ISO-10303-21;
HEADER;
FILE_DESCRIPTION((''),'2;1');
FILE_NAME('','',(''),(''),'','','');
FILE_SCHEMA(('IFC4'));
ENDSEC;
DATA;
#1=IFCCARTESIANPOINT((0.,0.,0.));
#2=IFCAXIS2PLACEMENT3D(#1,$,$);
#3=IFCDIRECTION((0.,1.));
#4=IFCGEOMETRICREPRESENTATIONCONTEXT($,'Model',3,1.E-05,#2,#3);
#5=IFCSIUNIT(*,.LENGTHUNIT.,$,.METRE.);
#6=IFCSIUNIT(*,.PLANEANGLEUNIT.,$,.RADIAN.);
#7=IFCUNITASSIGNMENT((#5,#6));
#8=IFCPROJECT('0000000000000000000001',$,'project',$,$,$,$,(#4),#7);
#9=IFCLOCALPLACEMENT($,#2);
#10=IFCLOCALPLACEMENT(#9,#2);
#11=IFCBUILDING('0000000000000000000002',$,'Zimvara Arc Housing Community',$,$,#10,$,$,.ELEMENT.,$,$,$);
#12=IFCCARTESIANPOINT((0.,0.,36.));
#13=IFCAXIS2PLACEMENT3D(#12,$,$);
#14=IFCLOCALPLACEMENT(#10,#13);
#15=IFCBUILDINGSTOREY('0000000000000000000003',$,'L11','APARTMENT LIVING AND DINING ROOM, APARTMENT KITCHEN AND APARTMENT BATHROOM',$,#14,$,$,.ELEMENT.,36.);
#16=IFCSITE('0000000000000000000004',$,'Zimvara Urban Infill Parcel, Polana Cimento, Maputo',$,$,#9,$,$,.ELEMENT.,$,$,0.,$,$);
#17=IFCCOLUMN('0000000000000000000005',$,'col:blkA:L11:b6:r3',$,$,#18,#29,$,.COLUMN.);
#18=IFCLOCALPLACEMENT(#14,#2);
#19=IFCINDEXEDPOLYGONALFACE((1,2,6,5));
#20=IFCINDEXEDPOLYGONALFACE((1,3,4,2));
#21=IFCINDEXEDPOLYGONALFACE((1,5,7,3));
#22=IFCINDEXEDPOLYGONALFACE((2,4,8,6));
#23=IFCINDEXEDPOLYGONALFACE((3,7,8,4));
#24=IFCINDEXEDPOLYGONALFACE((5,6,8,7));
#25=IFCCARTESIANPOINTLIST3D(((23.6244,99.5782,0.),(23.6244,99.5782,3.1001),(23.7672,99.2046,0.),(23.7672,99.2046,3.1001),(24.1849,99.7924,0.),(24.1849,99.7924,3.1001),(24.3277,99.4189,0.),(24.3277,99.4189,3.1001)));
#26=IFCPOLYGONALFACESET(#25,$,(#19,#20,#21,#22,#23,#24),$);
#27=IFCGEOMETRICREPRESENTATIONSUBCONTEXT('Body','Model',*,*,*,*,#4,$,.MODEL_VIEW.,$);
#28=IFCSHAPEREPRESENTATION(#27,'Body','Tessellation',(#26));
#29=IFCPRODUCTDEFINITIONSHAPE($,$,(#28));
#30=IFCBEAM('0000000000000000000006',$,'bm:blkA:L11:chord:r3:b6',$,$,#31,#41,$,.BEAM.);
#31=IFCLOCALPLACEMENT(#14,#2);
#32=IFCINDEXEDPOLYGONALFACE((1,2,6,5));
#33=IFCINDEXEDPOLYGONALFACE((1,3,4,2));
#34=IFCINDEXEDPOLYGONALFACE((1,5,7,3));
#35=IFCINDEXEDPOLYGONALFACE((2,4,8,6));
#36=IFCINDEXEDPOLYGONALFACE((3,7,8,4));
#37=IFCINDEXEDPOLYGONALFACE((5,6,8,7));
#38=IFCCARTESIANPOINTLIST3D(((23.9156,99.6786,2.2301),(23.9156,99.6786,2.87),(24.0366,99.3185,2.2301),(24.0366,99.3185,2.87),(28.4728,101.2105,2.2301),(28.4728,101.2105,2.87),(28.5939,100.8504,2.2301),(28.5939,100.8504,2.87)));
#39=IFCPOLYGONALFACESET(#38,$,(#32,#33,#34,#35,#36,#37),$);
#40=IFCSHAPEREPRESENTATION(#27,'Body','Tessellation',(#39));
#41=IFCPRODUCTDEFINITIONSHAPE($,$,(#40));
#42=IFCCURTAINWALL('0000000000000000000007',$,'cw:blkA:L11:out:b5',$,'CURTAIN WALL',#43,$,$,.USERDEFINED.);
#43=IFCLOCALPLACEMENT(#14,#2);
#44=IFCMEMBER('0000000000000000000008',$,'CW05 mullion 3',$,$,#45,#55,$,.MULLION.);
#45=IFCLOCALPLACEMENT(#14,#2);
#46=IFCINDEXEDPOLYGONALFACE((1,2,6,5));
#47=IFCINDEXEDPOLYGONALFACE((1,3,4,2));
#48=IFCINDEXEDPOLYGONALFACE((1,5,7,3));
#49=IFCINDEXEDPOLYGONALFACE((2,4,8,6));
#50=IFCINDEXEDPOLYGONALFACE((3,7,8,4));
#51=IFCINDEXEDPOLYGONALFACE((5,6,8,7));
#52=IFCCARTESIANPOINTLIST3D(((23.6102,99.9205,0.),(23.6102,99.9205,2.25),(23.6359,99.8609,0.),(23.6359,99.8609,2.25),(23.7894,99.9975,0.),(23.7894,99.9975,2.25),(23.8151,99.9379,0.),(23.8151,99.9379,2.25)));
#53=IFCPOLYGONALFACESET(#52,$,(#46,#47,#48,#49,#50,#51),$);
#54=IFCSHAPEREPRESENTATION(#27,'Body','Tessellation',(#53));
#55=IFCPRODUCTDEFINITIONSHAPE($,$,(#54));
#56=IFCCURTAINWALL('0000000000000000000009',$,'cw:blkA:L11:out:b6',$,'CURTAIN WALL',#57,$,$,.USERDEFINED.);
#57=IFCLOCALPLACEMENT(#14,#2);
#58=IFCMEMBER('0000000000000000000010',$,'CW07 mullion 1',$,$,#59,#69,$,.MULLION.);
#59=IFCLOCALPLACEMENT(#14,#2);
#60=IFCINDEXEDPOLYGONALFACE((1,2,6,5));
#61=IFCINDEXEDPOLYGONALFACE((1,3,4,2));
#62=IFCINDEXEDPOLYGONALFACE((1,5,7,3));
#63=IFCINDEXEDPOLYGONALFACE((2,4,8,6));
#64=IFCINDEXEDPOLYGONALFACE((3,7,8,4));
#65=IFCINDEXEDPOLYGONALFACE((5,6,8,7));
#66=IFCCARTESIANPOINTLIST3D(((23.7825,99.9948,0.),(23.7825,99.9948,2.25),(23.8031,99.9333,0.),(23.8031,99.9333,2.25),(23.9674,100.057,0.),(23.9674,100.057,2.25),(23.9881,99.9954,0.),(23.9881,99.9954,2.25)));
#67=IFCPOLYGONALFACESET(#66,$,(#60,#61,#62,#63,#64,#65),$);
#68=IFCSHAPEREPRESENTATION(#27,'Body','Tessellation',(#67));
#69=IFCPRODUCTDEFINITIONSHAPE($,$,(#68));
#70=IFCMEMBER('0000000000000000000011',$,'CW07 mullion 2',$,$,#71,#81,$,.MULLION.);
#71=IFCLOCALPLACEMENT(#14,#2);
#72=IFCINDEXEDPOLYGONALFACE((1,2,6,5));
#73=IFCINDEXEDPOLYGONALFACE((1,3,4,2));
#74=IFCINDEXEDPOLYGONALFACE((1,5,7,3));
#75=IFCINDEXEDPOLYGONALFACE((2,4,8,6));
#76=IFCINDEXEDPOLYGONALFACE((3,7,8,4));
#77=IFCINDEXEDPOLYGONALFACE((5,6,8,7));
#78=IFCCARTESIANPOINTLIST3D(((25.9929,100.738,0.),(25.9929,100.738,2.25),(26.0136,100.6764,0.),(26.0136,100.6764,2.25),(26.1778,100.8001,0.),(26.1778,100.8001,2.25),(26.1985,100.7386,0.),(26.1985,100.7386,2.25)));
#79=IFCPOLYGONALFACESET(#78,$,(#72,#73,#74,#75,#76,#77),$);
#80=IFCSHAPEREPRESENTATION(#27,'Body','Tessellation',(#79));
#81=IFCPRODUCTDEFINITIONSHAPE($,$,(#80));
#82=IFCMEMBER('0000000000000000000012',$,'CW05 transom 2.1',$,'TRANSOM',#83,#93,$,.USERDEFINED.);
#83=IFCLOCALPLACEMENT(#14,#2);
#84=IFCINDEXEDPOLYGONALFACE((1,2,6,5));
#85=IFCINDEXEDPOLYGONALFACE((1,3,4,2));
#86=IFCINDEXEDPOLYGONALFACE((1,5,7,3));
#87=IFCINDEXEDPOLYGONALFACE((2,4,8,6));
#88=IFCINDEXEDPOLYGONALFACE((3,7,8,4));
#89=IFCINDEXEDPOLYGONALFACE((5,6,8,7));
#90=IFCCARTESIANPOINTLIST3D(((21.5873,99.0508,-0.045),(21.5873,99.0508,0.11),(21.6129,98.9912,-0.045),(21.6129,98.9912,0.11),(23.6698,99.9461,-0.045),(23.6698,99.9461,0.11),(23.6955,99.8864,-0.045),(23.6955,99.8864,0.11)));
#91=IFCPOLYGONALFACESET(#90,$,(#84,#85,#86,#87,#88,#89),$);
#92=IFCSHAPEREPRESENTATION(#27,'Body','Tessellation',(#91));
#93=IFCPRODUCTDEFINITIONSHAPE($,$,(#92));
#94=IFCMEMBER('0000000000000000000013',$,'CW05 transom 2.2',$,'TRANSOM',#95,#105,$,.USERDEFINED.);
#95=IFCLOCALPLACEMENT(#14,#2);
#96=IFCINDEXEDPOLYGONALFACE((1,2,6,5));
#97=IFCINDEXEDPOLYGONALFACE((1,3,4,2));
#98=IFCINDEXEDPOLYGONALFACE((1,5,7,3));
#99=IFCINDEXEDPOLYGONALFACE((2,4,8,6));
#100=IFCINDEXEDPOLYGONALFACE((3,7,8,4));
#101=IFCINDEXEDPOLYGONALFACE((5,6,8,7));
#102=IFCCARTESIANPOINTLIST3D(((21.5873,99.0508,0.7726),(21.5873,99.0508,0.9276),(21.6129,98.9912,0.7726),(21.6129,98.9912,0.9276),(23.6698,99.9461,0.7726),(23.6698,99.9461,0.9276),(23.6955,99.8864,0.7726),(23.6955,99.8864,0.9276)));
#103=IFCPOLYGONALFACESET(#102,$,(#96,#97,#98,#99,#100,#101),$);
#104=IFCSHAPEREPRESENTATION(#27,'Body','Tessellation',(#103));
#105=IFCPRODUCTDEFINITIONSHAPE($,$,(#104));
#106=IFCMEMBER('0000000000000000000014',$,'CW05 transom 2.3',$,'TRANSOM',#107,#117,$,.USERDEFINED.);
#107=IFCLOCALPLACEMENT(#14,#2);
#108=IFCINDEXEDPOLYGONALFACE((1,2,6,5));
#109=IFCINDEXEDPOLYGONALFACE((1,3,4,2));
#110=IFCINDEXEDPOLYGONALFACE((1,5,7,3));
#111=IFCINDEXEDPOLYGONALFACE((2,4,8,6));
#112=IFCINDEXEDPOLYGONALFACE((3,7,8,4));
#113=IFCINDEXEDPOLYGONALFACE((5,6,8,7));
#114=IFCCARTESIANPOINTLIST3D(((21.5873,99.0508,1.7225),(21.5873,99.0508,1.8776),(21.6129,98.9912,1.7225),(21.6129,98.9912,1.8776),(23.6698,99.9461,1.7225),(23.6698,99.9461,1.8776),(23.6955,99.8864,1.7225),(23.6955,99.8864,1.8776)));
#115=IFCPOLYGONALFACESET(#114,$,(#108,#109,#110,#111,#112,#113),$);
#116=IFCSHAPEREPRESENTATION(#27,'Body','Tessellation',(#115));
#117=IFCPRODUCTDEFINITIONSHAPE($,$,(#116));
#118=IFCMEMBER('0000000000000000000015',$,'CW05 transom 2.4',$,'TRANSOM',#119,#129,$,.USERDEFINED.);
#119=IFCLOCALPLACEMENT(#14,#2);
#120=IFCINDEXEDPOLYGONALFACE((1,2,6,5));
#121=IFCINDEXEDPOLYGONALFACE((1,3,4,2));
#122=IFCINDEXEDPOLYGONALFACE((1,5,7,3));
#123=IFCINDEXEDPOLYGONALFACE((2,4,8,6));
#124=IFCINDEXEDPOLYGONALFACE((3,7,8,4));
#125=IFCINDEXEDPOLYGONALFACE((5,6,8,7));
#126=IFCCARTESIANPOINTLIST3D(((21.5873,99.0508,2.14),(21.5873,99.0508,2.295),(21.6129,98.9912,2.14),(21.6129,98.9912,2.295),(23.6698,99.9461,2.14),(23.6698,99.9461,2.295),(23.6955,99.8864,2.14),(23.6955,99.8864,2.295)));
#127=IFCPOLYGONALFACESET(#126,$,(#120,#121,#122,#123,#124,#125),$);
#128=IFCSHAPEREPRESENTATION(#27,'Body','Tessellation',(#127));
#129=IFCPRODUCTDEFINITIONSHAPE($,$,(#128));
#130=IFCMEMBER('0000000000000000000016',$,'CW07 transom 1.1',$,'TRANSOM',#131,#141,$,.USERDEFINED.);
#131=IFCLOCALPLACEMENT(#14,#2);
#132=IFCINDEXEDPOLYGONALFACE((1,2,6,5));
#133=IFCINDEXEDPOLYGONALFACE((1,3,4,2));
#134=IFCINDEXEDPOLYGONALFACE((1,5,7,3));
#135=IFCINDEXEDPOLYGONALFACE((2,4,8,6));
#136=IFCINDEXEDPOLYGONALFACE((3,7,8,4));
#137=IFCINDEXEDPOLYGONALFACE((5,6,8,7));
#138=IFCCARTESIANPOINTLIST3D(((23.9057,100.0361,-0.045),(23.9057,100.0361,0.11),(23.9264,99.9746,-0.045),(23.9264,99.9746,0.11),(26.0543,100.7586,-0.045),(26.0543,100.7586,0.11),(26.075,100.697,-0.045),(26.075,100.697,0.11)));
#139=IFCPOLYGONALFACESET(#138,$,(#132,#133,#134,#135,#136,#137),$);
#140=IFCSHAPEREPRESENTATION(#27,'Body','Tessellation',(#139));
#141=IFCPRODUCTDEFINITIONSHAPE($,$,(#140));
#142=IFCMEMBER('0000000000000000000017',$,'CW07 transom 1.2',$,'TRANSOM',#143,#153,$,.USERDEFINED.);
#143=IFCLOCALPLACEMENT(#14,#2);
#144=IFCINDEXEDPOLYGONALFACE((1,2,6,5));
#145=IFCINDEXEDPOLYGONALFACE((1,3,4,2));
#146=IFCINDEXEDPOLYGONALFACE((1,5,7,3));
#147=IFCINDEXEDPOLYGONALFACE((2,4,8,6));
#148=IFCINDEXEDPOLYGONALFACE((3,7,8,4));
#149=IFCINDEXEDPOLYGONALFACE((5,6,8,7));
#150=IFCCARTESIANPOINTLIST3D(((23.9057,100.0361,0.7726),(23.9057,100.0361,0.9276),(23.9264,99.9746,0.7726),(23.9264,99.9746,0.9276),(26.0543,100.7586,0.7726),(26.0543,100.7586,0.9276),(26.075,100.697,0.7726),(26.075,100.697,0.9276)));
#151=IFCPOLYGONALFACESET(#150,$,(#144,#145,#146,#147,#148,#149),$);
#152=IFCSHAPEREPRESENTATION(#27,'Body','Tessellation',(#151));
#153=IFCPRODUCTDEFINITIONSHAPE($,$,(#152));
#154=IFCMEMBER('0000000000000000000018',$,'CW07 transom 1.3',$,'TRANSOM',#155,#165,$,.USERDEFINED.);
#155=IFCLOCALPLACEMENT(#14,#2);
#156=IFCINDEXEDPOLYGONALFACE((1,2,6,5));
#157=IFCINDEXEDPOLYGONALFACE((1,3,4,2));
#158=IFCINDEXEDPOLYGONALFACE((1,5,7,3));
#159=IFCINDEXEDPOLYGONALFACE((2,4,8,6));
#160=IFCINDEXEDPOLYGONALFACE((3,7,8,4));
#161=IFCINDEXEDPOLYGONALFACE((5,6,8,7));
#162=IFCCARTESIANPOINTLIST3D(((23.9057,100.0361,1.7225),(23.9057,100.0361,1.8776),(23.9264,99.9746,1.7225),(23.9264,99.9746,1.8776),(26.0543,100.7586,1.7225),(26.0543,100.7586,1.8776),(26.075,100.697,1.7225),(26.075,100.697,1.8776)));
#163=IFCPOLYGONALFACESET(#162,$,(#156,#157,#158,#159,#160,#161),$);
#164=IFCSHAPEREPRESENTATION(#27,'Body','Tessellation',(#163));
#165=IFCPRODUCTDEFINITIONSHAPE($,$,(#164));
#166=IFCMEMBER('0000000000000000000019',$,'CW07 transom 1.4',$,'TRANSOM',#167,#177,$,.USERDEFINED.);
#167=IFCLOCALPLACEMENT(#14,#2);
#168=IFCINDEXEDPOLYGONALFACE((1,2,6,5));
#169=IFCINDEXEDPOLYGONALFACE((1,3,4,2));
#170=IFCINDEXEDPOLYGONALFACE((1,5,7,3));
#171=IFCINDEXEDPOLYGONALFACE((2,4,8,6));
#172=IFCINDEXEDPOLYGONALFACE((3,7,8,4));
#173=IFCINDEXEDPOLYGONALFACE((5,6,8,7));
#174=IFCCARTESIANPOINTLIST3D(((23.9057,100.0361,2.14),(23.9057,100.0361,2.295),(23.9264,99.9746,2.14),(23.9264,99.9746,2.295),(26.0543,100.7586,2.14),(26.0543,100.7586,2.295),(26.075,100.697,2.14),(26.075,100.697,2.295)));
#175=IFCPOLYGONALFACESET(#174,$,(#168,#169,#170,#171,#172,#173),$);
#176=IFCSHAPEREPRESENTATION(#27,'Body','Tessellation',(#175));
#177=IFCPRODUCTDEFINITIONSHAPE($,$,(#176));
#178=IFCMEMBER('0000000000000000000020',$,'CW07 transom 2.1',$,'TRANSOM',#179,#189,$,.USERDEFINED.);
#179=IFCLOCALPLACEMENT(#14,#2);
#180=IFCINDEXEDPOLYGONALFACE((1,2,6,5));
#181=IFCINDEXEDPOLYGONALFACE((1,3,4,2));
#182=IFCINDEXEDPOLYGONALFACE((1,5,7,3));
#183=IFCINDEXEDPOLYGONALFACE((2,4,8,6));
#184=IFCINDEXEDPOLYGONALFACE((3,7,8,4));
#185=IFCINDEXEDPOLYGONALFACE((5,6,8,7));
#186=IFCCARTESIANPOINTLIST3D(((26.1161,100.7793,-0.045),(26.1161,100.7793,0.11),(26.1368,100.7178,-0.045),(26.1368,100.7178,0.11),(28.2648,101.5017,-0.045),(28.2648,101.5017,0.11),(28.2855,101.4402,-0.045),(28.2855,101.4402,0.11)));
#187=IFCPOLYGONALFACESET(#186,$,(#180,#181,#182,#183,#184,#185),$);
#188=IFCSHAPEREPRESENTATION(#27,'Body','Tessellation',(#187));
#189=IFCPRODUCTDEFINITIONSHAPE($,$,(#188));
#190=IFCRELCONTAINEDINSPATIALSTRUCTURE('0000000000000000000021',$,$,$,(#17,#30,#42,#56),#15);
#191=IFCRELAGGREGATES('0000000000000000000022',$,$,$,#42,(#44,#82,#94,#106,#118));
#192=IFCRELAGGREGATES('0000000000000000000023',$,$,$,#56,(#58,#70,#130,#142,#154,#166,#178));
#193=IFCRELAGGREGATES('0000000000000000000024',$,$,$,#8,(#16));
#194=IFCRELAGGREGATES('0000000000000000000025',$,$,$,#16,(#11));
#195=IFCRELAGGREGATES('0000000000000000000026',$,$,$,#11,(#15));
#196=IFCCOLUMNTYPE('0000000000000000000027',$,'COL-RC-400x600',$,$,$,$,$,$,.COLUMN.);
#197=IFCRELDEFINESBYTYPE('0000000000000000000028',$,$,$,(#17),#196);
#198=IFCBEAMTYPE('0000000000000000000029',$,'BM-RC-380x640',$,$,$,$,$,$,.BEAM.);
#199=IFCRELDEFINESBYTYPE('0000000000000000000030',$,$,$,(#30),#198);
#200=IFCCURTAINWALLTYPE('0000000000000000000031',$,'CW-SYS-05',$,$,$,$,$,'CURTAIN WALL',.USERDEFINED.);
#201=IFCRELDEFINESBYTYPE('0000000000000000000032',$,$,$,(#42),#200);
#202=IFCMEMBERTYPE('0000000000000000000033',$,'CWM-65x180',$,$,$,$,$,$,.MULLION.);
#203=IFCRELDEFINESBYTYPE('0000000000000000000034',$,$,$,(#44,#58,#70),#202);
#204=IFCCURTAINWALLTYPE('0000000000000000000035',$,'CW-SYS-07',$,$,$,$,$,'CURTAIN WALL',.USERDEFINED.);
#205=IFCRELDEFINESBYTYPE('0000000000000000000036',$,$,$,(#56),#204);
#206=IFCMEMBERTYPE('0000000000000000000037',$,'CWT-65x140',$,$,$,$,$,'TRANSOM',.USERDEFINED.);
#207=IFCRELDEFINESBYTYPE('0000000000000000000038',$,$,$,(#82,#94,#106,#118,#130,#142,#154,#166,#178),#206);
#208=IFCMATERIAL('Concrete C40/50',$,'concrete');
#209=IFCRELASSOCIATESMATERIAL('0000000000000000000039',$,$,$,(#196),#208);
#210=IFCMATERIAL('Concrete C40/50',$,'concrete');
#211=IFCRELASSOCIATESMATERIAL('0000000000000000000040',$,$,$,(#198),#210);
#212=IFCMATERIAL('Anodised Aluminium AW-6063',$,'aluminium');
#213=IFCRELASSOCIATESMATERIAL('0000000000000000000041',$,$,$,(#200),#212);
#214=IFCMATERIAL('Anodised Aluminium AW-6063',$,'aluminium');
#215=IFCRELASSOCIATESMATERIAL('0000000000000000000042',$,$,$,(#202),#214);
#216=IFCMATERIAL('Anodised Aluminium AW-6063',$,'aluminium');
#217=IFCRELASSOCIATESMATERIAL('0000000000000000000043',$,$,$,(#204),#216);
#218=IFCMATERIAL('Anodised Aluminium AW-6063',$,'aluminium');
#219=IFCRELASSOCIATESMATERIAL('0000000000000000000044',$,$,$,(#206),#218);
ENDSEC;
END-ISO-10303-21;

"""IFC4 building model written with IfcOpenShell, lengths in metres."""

from ifc_helpers import new_model, si_unit, direction, frame, origin, origin_2d, place, context, subcontext, project, spatial, rectangle, extrude, material, material_profile, profile_set, type_object, element, aggregate, save


model = new_model("IFC4")

# Units and contexts
model_context = context("Model", 3, precision=1e-05, world=origin(), true_north=direction((0.0, 1.0)))
body_context = subcontext(model_context, "Body", "Model", "MODEL_VIEW")
ifc_project = project(units=[si_unit("LENGTHUNIT", "METRE"), si_unit("PLANEANGLEUNIT", "RADIAN")], contexts=[model_context])

# Site, building, storey
site_placement = place(None, origin())
site = spatial("IfcSite", under=ifc_project, at=site_placement, Name="Zimvara Urban Infill Parcel, Polana Cimento, Maputo", CompositionType="ELEMENT", RefElevation=0.0)
building_placement = place(site_placement, origin())
building = spatial("IfcBuilding", under=site, at=building_placement, Name="Zimvara Arc Housing Community", CompositionType="ELEMENT")
storey_placement = place(building_placement, frame((0.0, 0.0, 36.0)))
storey = spatial("IfcBuildingStorey", under=building, at=storey_placement, Name="L11", Description="APARTMENT LIVING AND DINING ROOM, APARTMENT KITCHEN AND APARTMENT BATHROOM", CompositionType="ELEMENT", Elevation=36.0)

# Column
ifc_material_1 = material(Name="Concrete C40/50", Category="concrete")
ifc_material_profile_1 = material_profile(ifc_material_1, rectangle(XDim=0.3999, YDim=0.6001, at=origin_2d()), Name="RC 400x600")
ifc_profile_set_1 = profile_set([ifc_material_profile_1], Name="Concrete C40/50")
column_type = type_object("IfcColumnType", Name="COL-RC-400x600", PredefinedType="COLUMN", material=ifc_profile_set_1)
column_placement = place(storey_placement, frame((23.9761, 99.4985, 0.0), z_axis=(0.0, 0.0, 1.0), x_axis=(-0.357064, 0.93408, 0.0)))
element("IfcColumn", 1, at=column_placement, inside=storey, type_object=column_type, Name="col:blkA:L11:b6:r3", PredefinedType="COLUMN", context=body_context, shape_type="SweptSolid", body=[
    extrude(rectangle(XDim=0.3999, YDim=0.6001, at=origin_2d()), origin(), (0.0, 0.0, 1.0), 3.1001),
])

# Beam
ifc_material_2 = material(Name="Concrete C40/50", Category="concrete")
ifc_material_profile_2 = material_profile(ifc_material_2, rectangle(XDim=0.3799, YDim=0.6399, at=origin_2d()), Name="RC 380x640")
ifc_profile_set_2 = profile_set([ifc_material_profile_2], Name="Concrete C40/50")
beam_type = type_object("IfcBeamType", Name="BM-RC-380x640", PredefinedType="BEAM", material=ifc_profile_set_2)
beam_placement = place(storey_placement, frame((23.9761, 99.4985, 2.55), z_axis=(0.947878, 0.318634, 0.0), x_axis=(-0.318634, 0.947878, 0.0)))
element("IfcBeam", 2, at=beam_placement, inside=storey, type_object=beam_type, Name="bm:blkA:L11:chord:r3:b6", PredefinedType="BEAM", context=body_context, shape_type="SweptSolid", body=[
    extrude(rectangle(XDim=0.3799, YDim=0.6399, at=origin_2d()), origin(), (0.0, 0.0, 1.0), 4.8079),
])

# Curtain wall, member
ifc_material_3 = material(Name="Anodised Aluminium AW-6063", Category="aluminium")
curtain_wall_type_1 = type_object("IfcCurtainWallType", Name="CW-SYS-05", ElementType="CURTAIN WALL", PredefinedType="USERDEFINED", material=ifc_material_3)
curtain_wall_1_placement = place(storey_placement, origin())
curtain_wall_1 = element("IfcCurtainWall", 3, at=curtain_wall_1_placement, inside=storey, type_object=curtain_wall_type_1, Name="cw:blkA:L11:out:b5", ObjectType="CURTAIN WALL", PredefinedType="USERDEFINED")
ifc_material_4 = material(Name="Anodised Aluminium AW-6063", Category="aluminium")
ifc_material_profile_3 = material_profile(ifc_material_4, rectangle(XDim=0.0649, YDim=0.1951, at=origin_2d()), Name="ALU 65x195")
ifc_profile_set_3 = profile_set([ifc_material_profile_3], Name="Anodised Aluminium AW-6063")
member_type_1 = type_object("IfcMemberType", Name="CWM-65x180", PredefinedType="MULLION", material=ifc_profile_set_3)
member_1_placement = place(storey_placement, frame((23.7126, 99.9292, 0.0), z_axis=(0.0, 0.0, 1.0), x_axis=(-0.394904, 0.918722, 0.0)))
member_1 = element("IfcMember", 4, at=member_1_placement, type_object=member_type_1, Name="CW05 mullion 3", PredefinedType="MULLION", context=body_context, shape_type="SweptSolid", body=[
    extrude(rectangle(XDim=0.0649, YDim=0.1951, at=origin_2d()), origin(), (0.0, 0.0, 1.0), 2.25),
])

# Curtain wall, members
ifc_material_5 = material(Name="Anodised Aluminium AW-6063", Category="aluminium")
curtain_wall_type_2 = type_object("IfcCurtainWallType", Name="CW-SYS-07", ElementType="CURTAIN WALL", PredefinedType="USERDEFINED", material=ifc_material_5)
curtain_wall_2_placement = place(storey_placement, origin())
curtain_wall_2 = element("IfcCurtainWall", 5, at=curtain_wall_2_placement, inside=storey, type_object=curtain_wall_type_2, Name="cw:blkA:L11:out:b6", ObjectType="CURTAIN WALL", PredefinedType="USERDEFINED")
member_2_placement = place(storey_placement, frame((23.8853, 99.9951, 0.0), z_axis=(0.0, 0.0, 1.0), x_axis=(-0.318629, 0.94788, 0.0)))
member_2 = element("IfcMember", 6, at=member_2_placement, type_object=member_type_1, Name="CW07 mullion 1", PredefinedType="MULLION", context=body_context, shape_type="SweptSolid", body=[
    extrude(rectangle(XDim=0.0649, YDim=0.1951, at=origin_2d()), origin(), (0.0, 0.0, 1.0), 2.25),
])
member_3_placement = place(storey_placement, frame((26.0957, 100.7383, 0.0), z_axis=(0.0, 0.0, 1.0), x_axis=(-0.318629, 0.94788, 0.0)))
member_3 = element("IfcMember", 7, at=member_3_placement, type_object=member_type_1, Name="CW07 mullion 2", PredefinedType="MULLION", context=body_context, shape_type="SweptSolid", body=[
    extrude(rectangle(XDim=0.0649, YDim=0.1951, at=origin_2d()), origin(), (0.0, 0.0, 1.0), 2.25),
])

# Members
ifc_material_6 = material(Name="Anodised Aluminium AW-6063", Category="aluminium")
ifc_material_profile_4 = material_profile(ifc_material_6, rectangle(XDim=0.0649, YDim=0.155, at=origin_2d()), Name="ALU 65x155")
ifc_profile_set_4 = profile_set([ifc_material_profile_4], Name="Anodised Aluminium AW-6063")
member_type_2 = type_object("IfcMemberType", Name="CWT-65x140", ElementType="TRANSOM", PredefinedType="USERDEFINED", material=ifc_profile_set_4)
member_4_placement = place(storey_placement, frame((21.6001, 99.021, 0.0325), z_axis=(0.918704, 0.394946, 0.0), x_axis=(-0.394946, 0.918704, 0.0)))
member_4 = element("IfcMember", 8, at=member_4_placement, type_object=member_type_2, Name="CW05 transom 2.1", ObjectType="TRANSOM", PredefinedType="USERDEFINED", context=body_context, shape_type="SweptSolid", body=[
    extrude(rectangle(XDim=0.0649, YDim=0.155, at=origin_2d()), origin(), (0.0, 0.0, 1.0), 2.2668),
])
member_5_placement = place(storey_placement, frame((21.6001, 99.021, 0.8501), z_axis=(0.918704, 0.394946, 0.0), x_axis=(-0.394946, 0.918704, 0.0)))
member_5 = element("IfcMember", 9, at=member_5_placement, type_object=member_type_2, Name="CW05 transom 2.2", ObjectType="TRANSOM", PredefinedType="USERDEFINED", context=body_context, shape_type="SweptSolid", body=[
    extrude(rectangle(XDim=0.0649, YDim=0.155, at=origin_2d()), origin(), (0.0, 0.0, 1.0), 2.2668),
])
member_6_placement = place(storey_placement, frame((21.6001, 99.021, 1.8), z_axis=(0.918704, 0.394946, 0.0), x_axis=(-0.394946, 0.918704, 0.0)))
member_6 = element("IfcMember", 10, at=member_6_placement, type_object=member_type_2, Name="CW05 transom 2.3", ObjectType="TRANSOM", PredefinedType="USERDEFINED", context=body_context, shape_type="SweptSolid", body=[
    extrude(rectangle(XDim=0.0649, YDim=0.155, at=origin_2d()), origin(), (0.0, 0.0, 1.0), 2.2668),
])
member_7_placement = place(storey_placement, frame((21.6001, 99.021, 2.2175), z_axis=(0.918704, 0.394946, 0.0), x_axis=(-0.394946, 0.918704, 0.0)))
member_7 = element("IfcMember", 11, at=member_7_placement, type_object=member_type_2, Name="CW05 transom 2.4", ObjectType="TRANSOM", PredefinedType="USERDEFINED", context=body_context, shape_type="SweptSolid", body=[
    extrude(rectangle(XDim=0.0649, YDim=0.155, at=origin_2d()), origin(), (0.0, 0.0, 1.0), 2.2668),
])
member_8_placement = place(storey_placement, frame((23.916, 100.0054, 0.0325), z_axis=(0.947862, 0.318682, 0.0), x_axis=(-0.318682, 0.947862, 0.0)))
member_8 = element("IfcMember", 12, at=member_8_placement, type_object=member_type_2, Name="CW07 transom 1.1", ObjectType="TRANSOM", PredefinedType="USERDEFINED", context=body_context, shape_type="SweptSolid", body=[
    extrude(rectangle(XDim=0.0649, YDim=0.155, at=origin_2d()), origin(), (0.0, 0.0, 1.0), 2.2668),
])
member_9_placement = place(storey_placement, frame((23.916, 100.0054, 0.8501), z_axis=(0.947862, 0.318682, 0.0), x_axis=(-0.318682, 0.947862, 0.0)))
member_9 = element("IfcMember", 13, at=member_9_placement, type_object=member_type_2, Name="CW07 transom 1.2", ObjectType="TRANSOM", PredefinedType="USERDEFINED", context=body_context, shape_type="SweptSolid", body=[
    extrude(rectangle(XDim=0.0649, YDim=0.155, at=origin_2d()), origin(), (0.0, 0.0, 1.0), 2.2668),
])
member_10_placement = place(storey_placement, frame((23.916, 100.0054, 1.8), z_axis=(0.947862, 0.318682, 0.0), x_axis=(-0.318682, 0.947862, 0.0)))
member_10 = element("IfcMember", 14, at=member_10_placement, type_object=member_type_2, Name="CW07 transom 1.3", ObjectType="TRANSOM", PredefinedType="USERDEFINED", context=body_context, shape_type="SweptSolid", body=[
    extrude(rectangle(XDim=0.0649, YDim=0.155, at=origin_2d()), origin(), (0.0, 0.0, 1.0), 2.2668),
])
member_11_placement = place(storey_placement, frame((23.916, 100.0054, 2.2175), z_axis=(0.947862, 0.318682, 0.0), x_axis=(-0.318682, 0.947862, 0.0)))
member_11 = element("IfcMember", 15, at=member_11_placement, type_object=member_type_2, Name="CW07 transom 1.4", ObjectType="TRANSOM", PredefinedType="USERDEFINED", context=body_context, shape_type="SweptSolid", body=[
    extrude(rectangle(XDim=0.0649, YDim=0.155, at=origin_2d()), origin(), (0.0, 0.0, 1.0), 2.2668),
])
member_12_placement = place(storey_placement, frame((26.1265, 100.7485, 0.0325), z_axis=(0.947862, 0.318682, 0.0), x_axis=(-0.318682, 0.947862, 0.0)))
member_12 = element("IfcMember", 16, at=member_12_placement, type_object=member_type_2, Name="CW07 transom 2.1", ObjectType="TRANSOM", PredefinedType="USERDEFINED", context=body_context, shape_type="SweptSolid", body=[
    extrude(rectangle(XDim=0.0649, YDim=0.155, at=origin_2d()), origin(), (0.0, 0.0, 1.0), 2.2668),
])

aggregate(curtain_wall_1, [member_1, member_4, member_5, member_6, member_7])
aggregate(curtain_wall_2, [member_2, member_3, member_8, member_9, member_10, member_11, member_12])

save(model, "model.ifc")
